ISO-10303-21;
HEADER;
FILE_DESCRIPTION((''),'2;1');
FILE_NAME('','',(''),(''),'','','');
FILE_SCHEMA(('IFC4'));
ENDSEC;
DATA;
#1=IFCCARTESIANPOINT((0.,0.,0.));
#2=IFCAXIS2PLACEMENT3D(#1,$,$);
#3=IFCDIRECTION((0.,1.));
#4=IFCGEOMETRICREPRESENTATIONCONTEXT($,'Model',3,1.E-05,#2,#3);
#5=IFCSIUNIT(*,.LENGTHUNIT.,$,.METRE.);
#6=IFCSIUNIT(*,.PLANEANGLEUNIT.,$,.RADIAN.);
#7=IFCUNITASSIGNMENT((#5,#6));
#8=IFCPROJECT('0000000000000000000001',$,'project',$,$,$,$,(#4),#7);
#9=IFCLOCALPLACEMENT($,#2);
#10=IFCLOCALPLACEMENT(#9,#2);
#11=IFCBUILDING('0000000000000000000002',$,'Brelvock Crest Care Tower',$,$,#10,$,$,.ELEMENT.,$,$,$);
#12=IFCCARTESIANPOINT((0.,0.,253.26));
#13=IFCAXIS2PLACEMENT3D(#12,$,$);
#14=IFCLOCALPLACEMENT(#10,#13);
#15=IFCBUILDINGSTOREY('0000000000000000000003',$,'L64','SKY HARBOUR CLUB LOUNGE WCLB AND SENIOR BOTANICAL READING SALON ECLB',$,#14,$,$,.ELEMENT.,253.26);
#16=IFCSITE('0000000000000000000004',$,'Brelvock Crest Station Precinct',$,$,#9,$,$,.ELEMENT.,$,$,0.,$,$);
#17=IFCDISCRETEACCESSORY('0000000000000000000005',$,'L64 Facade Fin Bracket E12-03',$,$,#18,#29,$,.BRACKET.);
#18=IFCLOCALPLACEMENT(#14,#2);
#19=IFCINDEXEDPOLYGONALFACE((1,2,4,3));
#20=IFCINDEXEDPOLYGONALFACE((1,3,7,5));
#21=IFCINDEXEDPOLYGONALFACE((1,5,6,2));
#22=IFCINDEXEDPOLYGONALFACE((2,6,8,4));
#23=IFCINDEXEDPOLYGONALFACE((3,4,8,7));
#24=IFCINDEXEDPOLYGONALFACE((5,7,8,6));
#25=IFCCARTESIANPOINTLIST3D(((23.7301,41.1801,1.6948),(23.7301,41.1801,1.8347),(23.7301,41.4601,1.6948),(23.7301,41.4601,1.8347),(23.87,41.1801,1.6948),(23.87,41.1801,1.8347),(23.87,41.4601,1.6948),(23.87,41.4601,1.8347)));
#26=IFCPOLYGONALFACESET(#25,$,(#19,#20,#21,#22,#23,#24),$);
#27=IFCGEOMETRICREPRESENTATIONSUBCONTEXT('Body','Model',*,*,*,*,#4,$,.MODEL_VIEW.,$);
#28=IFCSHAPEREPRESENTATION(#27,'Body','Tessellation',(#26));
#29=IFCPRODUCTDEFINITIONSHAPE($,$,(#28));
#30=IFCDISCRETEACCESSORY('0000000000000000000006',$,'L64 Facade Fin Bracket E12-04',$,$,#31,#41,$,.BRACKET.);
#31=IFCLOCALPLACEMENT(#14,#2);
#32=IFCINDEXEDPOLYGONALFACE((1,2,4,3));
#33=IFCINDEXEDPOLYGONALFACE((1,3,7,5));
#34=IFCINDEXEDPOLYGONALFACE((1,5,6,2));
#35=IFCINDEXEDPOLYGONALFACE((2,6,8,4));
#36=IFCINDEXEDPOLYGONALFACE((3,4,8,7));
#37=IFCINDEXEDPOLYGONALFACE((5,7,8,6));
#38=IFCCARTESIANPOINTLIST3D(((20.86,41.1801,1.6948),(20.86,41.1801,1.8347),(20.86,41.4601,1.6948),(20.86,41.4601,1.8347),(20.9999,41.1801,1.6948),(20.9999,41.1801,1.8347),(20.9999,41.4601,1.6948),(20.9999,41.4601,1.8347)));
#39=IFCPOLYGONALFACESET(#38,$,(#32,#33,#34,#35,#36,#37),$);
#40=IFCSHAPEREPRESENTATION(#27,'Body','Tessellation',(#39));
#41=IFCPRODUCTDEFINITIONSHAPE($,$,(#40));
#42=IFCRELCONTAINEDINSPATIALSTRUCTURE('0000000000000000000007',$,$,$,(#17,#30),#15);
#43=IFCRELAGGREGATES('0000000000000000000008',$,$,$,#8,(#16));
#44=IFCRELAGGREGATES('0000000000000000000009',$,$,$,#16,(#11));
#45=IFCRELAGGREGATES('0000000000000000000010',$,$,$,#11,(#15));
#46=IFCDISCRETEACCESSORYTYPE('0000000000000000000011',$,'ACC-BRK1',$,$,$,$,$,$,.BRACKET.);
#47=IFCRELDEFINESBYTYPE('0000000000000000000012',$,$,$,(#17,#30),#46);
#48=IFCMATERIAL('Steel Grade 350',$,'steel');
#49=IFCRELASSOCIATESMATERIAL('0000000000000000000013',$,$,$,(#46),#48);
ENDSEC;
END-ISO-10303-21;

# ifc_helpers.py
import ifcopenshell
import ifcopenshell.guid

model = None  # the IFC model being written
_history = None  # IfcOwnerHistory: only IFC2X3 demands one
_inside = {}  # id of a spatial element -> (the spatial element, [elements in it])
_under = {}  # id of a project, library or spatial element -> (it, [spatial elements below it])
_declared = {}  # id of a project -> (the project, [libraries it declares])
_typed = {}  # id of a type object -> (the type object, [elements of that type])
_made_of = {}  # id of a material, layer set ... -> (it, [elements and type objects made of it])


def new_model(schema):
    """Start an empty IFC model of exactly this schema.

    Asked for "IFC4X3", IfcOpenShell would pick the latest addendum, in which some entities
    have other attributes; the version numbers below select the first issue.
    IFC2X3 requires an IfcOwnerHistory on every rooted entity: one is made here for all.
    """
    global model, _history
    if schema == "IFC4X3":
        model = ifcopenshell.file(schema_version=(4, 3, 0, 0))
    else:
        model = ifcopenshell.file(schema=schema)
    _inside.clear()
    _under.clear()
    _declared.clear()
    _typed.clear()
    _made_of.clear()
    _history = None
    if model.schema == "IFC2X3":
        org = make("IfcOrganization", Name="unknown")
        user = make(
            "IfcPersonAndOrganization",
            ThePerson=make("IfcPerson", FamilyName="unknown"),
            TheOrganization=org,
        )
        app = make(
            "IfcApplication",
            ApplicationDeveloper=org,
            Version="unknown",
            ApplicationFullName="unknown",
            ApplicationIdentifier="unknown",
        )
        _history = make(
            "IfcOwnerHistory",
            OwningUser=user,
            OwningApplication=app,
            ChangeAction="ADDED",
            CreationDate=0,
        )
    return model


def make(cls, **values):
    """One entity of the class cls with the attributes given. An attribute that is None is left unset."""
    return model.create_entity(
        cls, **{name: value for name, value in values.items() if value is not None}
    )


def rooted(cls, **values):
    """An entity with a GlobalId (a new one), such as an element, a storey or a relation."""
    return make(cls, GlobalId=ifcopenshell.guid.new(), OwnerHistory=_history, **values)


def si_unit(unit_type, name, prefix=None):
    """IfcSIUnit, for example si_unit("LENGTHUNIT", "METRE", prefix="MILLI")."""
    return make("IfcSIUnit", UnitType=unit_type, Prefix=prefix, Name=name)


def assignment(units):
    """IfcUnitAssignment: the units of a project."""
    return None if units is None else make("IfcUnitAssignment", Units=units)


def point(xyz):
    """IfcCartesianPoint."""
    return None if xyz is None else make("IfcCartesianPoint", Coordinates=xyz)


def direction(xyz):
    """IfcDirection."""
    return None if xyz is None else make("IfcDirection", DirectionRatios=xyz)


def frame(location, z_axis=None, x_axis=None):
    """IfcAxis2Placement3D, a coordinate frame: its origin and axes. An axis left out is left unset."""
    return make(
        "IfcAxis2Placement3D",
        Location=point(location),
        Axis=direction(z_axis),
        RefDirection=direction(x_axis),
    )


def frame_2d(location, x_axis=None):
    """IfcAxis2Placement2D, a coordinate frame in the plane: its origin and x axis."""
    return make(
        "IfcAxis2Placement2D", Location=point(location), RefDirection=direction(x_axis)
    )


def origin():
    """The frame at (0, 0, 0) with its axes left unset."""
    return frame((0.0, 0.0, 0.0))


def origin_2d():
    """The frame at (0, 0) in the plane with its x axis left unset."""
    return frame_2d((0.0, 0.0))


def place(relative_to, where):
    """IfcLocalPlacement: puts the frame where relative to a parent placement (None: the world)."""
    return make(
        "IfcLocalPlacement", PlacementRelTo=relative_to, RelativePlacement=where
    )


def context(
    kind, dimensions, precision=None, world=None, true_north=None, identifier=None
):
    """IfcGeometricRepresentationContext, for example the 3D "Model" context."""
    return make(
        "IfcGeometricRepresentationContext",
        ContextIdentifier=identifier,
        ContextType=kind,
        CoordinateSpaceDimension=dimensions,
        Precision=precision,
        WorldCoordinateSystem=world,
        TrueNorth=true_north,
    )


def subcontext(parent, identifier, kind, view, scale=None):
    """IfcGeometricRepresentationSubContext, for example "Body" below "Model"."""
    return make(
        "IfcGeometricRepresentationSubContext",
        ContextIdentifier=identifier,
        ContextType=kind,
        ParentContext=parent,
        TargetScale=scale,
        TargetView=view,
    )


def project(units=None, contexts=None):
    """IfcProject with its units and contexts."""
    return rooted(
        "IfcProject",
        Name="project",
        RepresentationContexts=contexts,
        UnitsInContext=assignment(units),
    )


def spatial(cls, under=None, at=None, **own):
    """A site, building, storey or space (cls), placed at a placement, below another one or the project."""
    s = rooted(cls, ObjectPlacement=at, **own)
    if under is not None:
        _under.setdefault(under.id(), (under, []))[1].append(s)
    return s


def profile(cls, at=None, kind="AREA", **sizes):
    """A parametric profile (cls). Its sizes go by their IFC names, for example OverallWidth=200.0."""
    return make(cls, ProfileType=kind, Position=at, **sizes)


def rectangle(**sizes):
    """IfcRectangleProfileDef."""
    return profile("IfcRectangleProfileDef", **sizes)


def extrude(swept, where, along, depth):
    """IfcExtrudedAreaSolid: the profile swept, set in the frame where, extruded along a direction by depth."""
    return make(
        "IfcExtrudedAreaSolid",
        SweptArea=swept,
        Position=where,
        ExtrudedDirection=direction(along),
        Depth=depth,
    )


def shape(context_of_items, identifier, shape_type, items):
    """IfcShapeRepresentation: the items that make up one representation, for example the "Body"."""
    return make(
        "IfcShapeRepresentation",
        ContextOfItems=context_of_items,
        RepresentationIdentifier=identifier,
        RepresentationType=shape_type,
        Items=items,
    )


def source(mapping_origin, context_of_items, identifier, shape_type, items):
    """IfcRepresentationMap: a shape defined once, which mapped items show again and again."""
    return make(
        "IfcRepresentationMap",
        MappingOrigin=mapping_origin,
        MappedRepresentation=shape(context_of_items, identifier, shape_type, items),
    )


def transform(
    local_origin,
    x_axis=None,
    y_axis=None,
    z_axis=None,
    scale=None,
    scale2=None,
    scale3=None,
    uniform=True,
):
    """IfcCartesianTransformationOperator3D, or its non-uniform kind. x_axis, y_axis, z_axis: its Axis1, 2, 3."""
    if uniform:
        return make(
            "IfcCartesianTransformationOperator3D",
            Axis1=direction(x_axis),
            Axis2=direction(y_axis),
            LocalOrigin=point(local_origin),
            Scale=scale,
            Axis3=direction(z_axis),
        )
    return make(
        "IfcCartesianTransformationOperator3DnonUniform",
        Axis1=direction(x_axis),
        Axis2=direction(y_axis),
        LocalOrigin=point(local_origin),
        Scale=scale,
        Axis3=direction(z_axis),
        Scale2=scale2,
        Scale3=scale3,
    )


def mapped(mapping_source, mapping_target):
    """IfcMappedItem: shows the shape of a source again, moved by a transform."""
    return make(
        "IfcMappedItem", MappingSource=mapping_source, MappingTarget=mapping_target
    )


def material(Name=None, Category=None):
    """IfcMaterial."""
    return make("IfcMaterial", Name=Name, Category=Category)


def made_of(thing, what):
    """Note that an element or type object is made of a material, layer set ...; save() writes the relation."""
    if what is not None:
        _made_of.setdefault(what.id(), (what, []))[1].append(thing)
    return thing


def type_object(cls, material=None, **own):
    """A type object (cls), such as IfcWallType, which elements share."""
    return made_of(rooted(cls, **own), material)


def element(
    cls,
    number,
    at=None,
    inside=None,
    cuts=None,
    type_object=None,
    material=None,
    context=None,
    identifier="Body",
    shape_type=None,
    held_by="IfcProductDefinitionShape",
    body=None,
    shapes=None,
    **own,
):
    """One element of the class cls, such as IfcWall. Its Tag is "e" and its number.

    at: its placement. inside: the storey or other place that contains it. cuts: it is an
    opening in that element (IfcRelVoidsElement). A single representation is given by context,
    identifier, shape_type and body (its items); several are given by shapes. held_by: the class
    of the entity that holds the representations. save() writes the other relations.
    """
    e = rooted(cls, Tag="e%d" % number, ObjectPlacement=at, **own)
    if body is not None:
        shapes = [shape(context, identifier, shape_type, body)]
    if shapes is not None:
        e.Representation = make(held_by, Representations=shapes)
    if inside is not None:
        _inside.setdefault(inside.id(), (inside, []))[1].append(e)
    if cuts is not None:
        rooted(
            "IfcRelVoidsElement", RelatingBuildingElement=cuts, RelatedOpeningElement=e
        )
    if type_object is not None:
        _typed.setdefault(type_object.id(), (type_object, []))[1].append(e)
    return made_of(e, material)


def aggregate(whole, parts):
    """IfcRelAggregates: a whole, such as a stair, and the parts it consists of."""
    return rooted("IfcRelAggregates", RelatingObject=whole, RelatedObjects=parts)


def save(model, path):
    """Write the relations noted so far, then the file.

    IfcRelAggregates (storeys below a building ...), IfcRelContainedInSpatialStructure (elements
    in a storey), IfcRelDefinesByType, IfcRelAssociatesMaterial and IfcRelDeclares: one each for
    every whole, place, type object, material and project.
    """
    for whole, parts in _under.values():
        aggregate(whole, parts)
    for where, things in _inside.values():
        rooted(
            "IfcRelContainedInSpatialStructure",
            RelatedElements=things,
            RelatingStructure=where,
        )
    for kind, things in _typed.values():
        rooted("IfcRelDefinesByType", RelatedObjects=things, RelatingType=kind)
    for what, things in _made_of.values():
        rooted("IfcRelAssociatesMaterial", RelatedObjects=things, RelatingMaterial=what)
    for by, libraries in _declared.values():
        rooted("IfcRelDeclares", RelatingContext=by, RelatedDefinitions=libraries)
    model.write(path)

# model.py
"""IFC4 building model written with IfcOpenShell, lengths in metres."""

from ifc_helpers import new_model, si_unit, direction, frame, origin, origin_2d, place, context, subcontext, project, spatial, rectangle, extrude, source, transform, mapped, material, type_object, element, save


model = new_model("IFC4")

# Units and contexts
model_context = context("Model", 3, precision=1e-05, world=origin(), true_north=direction((0.0, 1.0)))
body_context = subcontext(model_context, "Body", "Model", "MODEL_VIEW")
ifc_project = project(units=[si_unit("LENGTHUNIT", "METRE"), si_unit("PLANEANGLEUNIT", "RADIAN")], contexts=[model_context])

# Site, building, storey
site_placement = place(None, origin())
site = spatial("IfcSite", under=ifc_project, at=site_placement, Name="Brelvock Crest Station Precinct", CompositionType="ELEMENT", RefElevation=0.0)
building_placement = place(site_placement, origin())
building = spatial("IfcBuilding", under=site, at=building_placement, Name="Brelvock Crest Care Tower", CompositionType="ELEMENT")
storey_placement = place(building_placement, frame((0.0, 0.0, 253.26)))
storey = spatial("IfcBuildingStorey", under=building, at=storey_placement, Name="L64", Description="SKY HARBOUR CLUB LOUNGE WCLB AND SENIOR BOTANICAL READING SALON ECLB", CompositionType="ELEMENT", Elevation=253.26)

# Shared definitions
ifc_material_1 = material(Name="Steel Grade 350", Category="steel")

# Discrete accessories
discrete_accessory_type = type_object("IfcDiscreteAccessoryType", Name="ACC-BRK1", PredefinedType="BRACKET", material=ifc_material_1)
shared_shape_1 = source(origin(), body_context, "Body", "SweptSolid", [
    extrude(rectangle(XDim=0.28, YDim=0.1399, at=origin_2d()), origin(), (0.0, 0.0, 1.0), 0.1399),
])
for number, where, z_axis, x_axis, name in (
    (1, (23.8, 41.3201, 1.6948), (0.0, 0.0, 1.0), (0.0, -1.0, 0.0), "L64 Facade Fin Bracket E12-03"),
    (2, (20.9299, 41.3201, 1.6948), (0.0, 0.0, 1.0), (0.0, -1.0, 0.0), "L64 Facade Fin Bracket E12-04"),
):
    element("IfcDiscreteAccessory", number, at=place(storey_placement, frame(where, z_axis=z_axis, x_axis=x_axis)), inside=storey, type_object=discrete_accessory_type, Name=name, PredefinedType="BRACKET", context=body_context, shape_type="MappedRepresentation", body=[
        mapped(shared_shape_1, transform((0.0, 0.0, 0.0), x_axis=(1.0, 0.0, 0.0), y_axis=(0.0, 1.0, 0.0), z_axis=(0.0, 0.0, 1.0), scale=1.0)),
    ])

save(model, "model.ifc")
